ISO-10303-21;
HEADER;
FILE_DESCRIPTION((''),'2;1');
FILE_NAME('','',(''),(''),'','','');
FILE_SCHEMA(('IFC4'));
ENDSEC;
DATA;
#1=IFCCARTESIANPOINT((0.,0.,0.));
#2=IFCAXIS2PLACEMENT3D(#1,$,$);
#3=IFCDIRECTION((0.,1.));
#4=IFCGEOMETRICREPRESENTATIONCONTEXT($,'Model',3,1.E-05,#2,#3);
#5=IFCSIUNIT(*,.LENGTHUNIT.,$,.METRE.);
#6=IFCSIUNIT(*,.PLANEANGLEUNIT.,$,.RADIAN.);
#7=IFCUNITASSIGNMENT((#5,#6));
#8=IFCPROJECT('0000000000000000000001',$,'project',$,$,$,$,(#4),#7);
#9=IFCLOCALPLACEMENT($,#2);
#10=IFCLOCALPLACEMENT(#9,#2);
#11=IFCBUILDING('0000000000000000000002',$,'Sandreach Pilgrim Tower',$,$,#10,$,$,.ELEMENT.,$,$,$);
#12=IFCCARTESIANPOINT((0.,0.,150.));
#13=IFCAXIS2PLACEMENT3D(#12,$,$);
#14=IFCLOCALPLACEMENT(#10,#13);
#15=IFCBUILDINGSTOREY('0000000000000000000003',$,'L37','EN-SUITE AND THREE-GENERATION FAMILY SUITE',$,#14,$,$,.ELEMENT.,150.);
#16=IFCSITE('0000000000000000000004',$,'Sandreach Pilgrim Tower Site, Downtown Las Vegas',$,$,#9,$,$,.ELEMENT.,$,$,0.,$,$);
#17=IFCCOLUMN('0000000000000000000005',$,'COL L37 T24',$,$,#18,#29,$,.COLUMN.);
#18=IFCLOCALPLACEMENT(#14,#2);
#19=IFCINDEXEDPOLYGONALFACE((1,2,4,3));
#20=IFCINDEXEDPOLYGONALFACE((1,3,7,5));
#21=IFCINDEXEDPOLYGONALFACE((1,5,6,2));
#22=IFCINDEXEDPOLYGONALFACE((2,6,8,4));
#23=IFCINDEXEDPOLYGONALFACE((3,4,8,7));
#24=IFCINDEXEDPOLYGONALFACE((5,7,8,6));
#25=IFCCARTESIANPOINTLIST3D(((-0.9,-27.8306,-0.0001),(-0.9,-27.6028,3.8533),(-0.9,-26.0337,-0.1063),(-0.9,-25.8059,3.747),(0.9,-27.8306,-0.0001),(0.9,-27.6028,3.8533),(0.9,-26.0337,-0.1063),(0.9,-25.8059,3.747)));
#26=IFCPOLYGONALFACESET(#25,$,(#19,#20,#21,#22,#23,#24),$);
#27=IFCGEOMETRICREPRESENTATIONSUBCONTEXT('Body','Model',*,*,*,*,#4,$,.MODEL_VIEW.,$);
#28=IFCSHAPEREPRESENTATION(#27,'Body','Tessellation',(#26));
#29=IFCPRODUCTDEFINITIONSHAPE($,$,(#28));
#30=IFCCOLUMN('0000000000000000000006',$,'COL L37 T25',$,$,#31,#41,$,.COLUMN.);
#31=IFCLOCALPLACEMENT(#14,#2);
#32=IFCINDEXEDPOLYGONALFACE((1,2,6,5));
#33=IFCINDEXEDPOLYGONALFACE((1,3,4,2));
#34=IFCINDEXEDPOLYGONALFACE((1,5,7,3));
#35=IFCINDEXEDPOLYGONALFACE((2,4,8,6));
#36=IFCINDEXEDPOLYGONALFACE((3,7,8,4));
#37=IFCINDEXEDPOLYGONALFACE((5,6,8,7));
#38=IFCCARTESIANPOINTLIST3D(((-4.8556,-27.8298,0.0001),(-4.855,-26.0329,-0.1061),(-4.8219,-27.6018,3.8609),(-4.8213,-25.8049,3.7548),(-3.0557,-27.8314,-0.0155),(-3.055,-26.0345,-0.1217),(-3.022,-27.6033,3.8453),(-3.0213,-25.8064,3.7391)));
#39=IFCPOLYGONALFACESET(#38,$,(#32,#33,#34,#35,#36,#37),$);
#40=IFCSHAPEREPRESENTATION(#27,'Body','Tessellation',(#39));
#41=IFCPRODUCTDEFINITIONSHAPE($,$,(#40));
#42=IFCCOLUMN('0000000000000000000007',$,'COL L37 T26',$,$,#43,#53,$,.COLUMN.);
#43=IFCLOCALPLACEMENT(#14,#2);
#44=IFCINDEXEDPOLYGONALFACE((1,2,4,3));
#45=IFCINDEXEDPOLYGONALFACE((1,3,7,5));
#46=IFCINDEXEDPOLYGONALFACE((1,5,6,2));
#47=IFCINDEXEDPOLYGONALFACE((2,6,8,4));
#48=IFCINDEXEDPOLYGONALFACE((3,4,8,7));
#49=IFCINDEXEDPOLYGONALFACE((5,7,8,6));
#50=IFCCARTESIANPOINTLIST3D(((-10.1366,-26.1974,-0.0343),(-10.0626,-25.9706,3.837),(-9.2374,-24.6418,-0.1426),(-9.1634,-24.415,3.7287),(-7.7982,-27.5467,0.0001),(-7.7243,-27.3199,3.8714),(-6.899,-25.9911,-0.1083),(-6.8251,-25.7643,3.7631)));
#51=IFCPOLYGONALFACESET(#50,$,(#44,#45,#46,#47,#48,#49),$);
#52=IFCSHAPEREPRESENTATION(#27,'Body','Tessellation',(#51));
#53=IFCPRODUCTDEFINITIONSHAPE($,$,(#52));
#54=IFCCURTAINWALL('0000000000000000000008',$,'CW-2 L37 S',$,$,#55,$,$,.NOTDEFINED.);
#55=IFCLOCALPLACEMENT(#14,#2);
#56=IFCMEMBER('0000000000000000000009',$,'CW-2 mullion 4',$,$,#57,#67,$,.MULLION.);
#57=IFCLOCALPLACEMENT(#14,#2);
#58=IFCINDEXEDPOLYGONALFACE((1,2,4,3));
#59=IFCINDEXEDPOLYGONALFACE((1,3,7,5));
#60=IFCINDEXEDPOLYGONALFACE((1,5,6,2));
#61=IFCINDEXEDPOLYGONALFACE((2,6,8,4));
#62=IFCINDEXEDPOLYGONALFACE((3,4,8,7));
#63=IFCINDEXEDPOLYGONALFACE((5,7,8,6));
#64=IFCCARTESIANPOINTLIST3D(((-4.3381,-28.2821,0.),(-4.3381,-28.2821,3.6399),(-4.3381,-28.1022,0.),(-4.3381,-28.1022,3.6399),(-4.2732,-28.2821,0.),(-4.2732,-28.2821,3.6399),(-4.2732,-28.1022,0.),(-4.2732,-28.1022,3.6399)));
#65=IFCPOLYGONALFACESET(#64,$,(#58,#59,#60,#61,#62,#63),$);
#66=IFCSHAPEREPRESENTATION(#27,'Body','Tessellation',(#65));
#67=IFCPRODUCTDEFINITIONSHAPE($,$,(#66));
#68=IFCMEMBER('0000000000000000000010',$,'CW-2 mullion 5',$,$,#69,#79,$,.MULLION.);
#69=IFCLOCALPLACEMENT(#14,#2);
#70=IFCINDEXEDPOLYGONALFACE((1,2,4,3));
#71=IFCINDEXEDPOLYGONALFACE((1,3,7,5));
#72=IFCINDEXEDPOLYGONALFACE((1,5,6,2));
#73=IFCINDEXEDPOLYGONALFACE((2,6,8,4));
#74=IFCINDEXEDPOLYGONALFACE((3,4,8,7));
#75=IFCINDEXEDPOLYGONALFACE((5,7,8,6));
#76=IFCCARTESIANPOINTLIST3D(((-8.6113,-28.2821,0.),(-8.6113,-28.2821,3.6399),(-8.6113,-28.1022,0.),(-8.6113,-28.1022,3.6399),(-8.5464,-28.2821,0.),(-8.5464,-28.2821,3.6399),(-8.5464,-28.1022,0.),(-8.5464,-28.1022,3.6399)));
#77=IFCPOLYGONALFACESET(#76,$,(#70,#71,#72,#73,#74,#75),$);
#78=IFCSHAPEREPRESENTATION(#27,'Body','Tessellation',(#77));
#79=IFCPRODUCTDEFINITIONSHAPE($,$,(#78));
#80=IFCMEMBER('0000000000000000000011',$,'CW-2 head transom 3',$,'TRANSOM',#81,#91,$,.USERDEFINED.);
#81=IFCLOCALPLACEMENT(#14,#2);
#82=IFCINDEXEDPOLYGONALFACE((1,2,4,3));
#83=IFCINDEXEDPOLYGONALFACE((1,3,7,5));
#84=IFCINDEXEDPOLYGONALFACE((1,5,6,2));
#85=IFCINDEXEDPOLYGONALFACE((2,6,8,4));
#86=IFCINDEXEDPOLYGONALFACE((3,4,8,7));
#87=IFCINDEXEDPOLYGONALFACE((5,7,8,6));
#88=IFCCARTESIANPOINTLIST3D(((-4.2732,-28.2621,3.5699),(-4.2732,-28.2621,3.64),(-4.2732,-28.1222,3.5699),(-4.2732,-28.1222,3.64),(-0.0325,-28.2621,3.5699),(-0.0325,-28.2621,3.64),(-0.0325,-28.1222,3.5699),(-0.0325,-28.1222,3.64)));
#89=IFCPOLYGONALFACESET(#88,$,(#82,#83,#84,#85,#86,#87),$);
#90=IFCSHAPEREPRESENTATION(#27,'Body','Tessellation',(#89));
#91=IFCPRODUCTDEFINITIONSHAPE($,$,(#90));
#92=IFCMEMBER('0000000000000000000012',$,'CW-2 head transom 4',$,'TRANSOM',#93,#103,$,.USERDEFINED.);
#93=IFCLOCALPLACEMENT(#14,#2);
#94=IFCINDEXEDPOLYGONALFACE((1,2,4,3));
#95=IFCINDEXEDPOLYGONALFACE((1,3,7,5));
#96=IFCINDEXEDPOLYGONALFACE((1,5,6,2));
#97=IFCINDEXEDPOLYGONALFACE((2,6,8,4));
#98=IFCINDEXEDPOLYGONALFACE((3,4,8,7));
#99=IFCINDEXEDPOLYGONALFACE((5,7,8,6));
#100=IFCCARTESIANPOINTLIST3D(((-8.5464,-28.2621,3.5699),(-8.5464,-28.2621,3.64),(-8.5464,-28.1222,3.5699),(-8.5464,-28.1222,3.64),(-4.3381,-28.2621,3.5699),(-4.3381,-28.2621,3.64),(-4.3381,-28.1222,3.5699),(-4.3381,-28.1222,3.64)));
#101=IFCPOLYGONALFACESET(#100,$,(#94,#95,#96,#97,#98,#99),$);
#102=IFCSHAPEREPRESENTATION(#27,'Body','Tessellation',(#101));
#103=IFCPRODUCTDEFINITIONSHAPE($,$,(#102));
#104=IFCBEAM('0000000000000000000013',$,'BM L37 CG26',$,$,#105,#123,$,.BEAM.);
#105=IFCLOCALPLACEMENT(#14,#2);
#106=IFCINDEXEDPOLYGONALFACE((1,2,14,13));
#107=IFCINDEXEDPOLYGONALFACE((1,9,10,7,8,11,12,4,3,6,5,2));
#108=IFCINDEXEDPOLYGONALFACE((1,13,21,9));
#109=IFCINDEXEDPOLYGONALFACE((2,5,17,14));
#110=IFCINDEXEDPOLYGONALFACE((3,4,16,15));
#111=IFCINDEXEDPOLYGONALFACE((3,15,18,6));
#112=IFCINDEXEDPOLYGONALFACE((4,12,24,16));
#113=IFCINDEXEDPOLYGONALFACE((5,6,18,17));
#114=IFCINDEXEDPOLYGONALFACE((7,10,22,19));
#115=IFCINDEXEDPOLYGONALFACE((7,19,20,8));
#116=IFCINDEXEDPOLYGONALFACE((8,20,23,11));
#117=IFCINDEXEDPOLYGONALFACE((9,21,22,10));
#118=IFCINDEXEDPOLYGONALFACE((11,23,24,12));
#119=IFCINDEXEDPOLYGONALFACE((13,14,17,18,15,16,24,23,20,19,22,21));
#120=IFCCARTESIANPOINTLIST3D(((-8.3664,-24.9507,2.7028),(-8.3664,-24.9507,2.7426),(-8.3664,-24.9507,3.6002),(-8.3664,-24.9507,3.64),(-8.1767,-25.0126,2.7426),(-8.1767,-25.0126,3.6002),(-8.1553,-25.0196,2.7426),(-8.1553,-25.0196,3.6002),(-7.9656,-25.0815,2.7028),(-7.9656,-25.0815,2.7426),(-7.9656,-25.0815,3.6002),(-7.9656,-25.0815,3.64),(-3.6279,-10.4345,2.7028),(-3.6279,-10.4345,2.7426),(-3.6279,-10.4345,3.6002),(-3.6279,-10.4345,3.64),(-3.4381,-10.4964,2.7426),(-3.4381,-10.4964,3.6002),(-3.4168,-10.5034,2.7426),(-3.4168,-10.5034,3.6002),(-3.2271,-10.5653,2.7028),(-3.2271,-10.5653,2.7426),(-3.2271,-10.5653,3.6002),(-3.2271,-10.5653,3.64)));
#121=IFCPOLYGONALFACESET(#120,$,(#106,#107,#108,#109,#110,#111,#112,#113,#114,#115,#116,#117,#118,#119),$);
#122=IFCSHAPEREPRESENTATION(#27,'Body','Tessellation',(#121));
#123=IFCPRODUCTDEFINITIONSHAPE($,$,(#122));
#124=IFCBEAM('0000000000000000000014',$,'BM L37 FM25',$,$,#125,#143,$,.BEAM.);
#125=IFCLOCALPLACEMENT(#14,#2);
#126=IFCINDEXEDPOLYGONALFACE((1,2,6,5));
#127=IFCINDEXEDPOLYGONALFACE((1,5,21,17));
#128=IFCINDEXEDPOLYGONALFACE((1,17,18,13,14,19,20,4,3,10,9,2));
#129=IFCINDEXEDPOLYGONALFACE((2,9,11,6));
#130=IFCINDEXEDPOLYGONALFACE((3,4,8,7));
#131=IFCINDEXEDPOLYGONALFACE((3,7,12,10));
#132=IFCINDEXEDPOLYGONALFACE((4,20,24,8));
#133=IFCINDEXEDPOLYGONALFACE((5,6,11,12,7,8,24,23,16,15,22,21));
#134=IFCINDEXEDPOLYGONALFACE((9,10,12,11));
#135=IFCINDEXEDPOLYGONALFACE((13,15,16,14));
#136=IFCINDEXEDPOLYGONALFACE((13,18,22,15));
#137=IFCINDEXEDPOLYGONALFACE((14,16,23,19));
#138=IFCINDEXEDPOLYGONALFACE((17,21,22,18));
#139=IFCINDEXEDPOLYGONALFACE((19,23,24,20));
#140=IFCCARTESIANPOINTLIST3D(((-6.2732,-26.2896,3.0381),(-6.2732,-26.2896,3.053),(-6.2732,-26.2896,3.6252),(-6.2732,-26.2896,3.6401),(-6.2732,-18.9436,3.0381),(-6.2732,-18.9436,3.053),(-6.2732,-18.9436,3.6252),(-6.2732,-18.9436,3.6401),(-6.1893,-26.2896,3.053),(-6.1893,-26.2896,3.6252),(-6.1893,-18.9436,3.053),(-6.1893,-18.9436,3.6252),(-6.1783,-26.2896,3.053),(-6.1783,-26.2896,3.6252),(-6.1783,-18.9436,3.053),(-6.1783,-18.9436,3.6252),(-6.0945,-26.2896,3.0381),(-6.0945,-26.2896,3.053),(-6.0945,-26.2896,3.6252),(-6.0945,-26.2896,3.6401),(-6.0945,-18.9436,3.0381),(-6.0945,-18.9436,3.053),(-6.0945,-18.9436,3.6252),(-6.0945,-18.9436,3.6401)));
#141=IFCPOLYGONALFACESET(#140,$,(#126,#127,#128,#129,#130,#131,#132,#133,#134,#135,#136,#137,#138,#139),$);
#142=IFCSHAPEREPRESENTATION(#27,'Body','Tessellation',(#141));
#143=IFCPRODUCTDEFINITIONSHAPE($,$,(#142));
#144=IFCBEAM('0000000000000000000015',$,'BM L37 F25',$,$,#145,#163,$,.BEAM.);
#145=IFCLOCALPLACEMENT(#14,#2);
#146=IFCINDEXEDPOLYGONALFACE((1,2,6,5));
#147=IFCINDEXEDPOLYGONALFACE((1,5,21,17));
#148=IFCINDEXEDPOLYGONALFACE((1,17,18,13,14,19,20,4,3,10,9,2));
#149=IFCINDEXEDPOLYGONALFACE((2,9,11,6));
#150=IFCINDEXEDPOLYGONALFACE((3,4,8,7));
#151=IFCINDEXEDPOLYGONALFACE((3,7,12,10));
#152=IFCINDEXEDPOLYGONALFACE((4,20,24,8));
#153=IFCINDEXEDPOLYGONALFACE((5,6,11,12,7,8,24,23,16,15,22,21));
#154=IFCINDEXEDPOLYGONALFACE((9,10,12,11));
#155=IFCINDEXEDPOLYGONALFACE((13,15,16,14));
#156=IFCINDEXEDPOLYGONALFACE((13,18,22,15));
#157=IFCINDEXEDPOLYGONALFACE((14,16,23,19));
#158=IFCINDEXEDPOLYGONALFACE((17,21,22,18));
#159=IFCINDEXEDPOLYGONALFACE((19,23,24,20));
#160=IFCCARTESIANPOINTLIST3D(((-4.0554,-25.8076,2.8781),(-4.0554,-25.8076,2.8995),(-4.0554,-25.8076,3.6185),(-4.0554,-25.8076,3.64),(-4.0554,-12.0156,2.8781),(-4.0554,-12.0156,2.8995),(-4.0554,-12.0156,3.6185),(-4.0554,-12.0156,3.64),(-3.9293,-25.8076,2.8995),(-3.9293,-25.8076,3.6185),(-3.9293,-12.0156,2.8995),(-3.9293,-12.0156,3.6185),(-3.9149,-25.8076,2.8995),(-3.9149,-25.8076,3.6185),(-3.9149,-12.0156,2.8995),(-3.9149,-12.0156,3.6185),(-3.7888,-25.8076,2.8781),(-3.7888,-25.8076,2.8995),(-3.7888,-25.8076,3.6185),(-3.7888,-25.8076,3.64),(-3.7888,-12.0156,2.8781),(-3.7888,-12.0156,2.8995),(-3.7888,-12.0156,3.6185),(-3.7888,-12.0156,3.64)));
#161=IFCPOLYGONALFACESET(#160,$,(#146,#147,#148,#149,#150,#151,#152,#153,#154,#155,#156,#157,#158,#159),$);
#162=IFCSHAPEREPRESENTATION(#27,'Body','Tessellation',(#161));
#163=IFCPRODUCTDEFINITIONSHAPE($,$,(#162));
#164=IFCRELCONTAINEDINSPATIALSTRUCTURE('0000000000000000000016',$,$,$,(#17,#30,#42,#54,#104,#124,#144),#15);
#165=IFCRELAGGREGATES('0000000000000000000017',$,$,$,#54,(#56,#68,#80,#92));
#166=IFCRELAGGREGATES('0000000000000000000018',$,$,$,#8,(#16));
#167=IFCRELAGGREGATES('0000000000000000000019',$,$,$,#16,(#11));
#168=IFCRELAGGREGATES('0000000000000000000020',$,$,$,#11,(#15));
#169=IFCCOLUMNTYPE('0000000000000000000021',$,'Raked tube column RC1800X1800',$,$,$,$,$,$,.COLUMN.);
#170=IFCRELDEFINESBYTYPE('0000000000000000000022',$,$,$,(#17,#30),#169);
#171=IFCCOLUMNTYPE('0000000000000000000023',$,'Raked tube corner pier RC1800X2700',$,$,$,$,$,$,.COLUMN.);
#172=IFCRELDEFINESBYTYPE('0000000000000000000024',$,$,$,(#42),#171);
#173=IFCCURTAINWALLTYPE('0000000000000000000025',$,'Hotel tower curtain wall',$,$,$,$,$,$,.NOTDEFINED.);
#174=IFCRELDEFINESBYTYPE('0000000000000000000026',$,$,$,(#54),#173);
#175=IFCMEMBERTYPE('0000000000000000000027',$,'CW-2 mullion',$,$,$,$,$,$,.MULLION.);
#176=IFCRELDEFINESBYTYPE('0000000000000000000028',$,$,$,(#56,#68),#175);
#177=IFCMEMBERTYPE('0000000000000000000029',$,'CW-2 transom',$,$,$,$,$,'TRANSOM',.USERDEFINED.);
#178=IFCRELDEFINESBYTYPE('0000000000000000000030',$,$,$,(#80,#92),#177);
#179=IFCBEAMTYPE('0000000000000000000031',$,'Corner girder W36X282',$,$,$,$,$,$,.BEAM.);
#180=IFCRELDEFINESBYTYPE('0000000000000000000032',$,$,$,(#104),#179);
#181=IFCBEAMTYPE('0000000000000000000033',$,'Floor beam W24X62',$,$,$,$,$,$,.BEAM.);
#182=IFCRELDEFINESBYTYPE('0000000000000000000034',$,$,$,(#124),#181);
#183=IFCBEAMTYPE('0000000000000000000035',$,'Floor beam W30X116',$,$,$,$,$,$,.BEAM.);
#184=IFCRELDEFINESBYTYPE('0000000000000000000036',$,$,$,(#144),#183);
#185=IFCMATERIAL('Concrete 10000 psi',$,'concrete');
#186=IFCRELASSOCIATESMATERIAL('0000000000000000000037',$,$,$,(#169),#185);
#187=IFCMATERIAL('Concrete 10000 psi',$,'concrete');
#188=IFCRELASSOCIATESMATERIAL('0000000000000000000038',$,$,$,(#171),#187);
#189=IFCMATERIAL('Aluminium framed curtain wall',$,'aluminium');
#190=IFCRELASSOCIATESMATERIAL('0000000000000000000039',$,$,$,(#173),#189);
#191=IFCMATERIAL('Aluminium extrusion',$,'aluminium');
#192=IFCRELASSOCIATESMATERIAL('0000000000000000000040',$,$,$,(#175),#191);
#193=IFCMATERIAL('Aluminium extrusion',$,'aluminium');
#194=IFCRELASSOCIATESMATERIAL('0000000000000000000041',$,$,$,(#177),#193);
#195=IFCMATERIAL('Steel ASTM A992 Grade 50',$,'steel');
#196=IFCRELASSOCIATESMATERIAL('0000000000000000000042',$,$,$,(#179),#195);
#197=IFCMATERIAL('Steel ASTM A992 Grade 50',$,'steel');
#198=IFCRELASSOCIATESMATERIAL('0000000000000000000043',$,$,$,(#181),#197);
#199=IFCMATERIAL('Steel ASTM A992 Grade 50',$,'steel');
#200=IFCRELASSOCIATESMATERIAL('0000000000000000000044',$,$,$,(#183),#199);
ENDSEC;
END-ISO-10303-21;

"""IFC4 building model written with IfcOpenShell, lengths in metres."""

from ifc_helpers import new_model, si_unit, direction, frame, origin, origin_2d, place, context, subcontext, project, spatial, rectangle, i_section, extrude, material, material_profile, profile_set, type_object, element, aggregate, save


model = new_model("IFC4")

# Units and contexts
model_context = context("Model", 3, precision=1e-05, world=origin(), true_north=direction((0.0, 1.0)))
body_context = subcontext(model_context, "Body", "Model", "MODEL_VIEW")
ifc_project = project(units=[si_unit("LENGTHUNIT", "METRE"), si_unit("PLANEANGLEUNIT", "RADIAN")], contexts=[model_context])

# Site, building, storey
site_placement = place(None, origin())
site = spatial("IfcSite", under=ifc_project, at=site_placement, Name="Sandreach Pilgrim Tower Site, Downtown Las Vegas", CompositionType="ELEMENT", RefElevation=0.0)
building_placement = place(site_placement, origin())
building = spatial("IfcBuilding", under=site, at=building_placement, Name="Sandreach Pilgrim Tower", CompositionType="ELEMENT")
storey_placement = place(building_placement, frame((0.0, 0.0, 150.0)))
storey = spatial("IfcBuildingStorey", under=building, at=storey_placement, Name="L37", Description="EN-SUITE AND THREE-GENERATION FAMILY SUITE", CompositionType="ELEMENT", Elevation=150.0)

# Columns
ifc_material_1 = material(Name="Concrete 10000 psi", Category="concrete")
ifc_material_profile_1 = material_profile(ifc_material_1, rectangle(XDim=1.8, YDim=1.8, at=origin_2d()), Name="RC1800X1800")
ifc_profile_set_1 = profile_set([ifc_material_profile_1], Name="Concrete 10000 psi")
column_type_1 = type_object("IfcColumnType", Name="Raked tube column RC1800X1800", PredefinedType="COLUMN", material=ifc_profile_set_1)
column_1_placement = place(storey_placement, frame((0.0, -26.9321, -0.0532), z_axis=(0.0, 0.059011, 0.998257), x_axis=(0.0, -0.998257, 0.059011)))
element("IfcColumn", 1, at=column_1_placement, inside=storey, type_object=column_type_1, Name="COL L37 T24", PredefinedType="COLUMN", context=body_context, shape_type="SweptSolid", body=[
    extrude(rectangle(XDim=1.8, YDim=1.8, at=origin_2d()), origin(), (0.0, 0.0, 1.0), 3.8601),
])
column_2_placement = place(storey_placement, frame((-3.9553, -26.9321, -0.0608), z_axis=(0.008711, 0.058957, 0.998223), x_axis=(-0.000361, -0.99826, 0.058962)))
element("IfcColumn", 2, at=column_2_placement, inside=storey, type_object=column_type_1, Name="COL L37 T25", PredefinedType="COLUMN", context=body_context, shape_type="SweptSolid", body=[
    extrude(rectangle(XDim=1.8, YDim=1.8, at=origin_2d()), origin(), (0.0, 0.0, 1.0), 3.8677),
])
ifc_material_2 = material(Name="Concrete 10000 psi", Category="concrete")
ifc_material_profile_2 = material_profile(ifc_material_2, rectangle(XDim=1.8, YDim=2.7, at=origin_2d()), Name="RC1800X2700")
ifc_profile_set_2 = profile_set([ifc_material_profile_2], Name="Concrete 10000 psi")
column_type_2 = type_object("IfcColumnType", Name="Raked tube corner pier RC1800X2700", PredefinedType="COLUMN", material=ifc_profile_set_2)
column_3_placement = place(storey_placement, frame((-8.5178, -26.0942, -0.0713), z_axis=(0.019072, 0.058475, 0.998107), x_axis=(-0.499547, -0.864194, 0.060175)))
element("IfcColumn", 3, at=column_3_placement, inside=storey, type_object=column_type_2, Name="COL L37 T26", PredefinedType="COLUMN", context=body_context, shape_type="SweptSolid", body=[
    extrude(rectangle(XDim=1.8, YDim=2.7, at=origin_2d()), origin(), (0.0, 0.0, 1.0), 3.8787),
])

# Curtain wall, members
ifc_material_3 = material(Name="Aluminium framed curtain wall", Category="aluminium")
curtain_wall_type = type_object("IfcCurtainWallType", Name="Hotel tower curtain wall", PredefinedType="NOTDEFINED", material=ifc_material_3)
curtain_wall_placement = place(storey_placement, origin())
curtain_wall = element("IfcCurtainWall", 4, at=curtain_wall_placement, inside=storey, type_object=curtain_wall_type, Name="CW-2 L37 S", PredefinedType="NOTDEFINED")
ifc_material_4 = material(Name="Aluminium extrusion", Category="aluminium")
ifc_material_profile_3 = material_profile(ifc_material_4, rectangle(XDim=0.0649, YDim=0.1799, at=origin_2d()), Name="CW-2M 65X180")
ifc_profile_set_3 = profile_set([ifc_material_profile_3], Name="Aluminium extrusion")
member_type_1 = type_object("IfcMemberType", Name="CW-2 mullion", PredefinedType="MULLION", material=ifc_profile_set_3)
member_1_placement = place(storey_placement, frame((-4.3057, -28.1921, 0.0), z_axis=(0.0, 0.0, 1.0), x_axis=(-1.0, 0.0, 0.0)))
member_1 = element("IfcMember", 5, at=member_1_placement, type_object=member_type_1, Name="CW-2 mullion 4", PredefinedType="MULLION", context=body_context, shape_type="SweptSolid", body=[
    extrude(rectangle(XDim=0.0649, YDim=0.1799, at=origin_2d()), origin(), (0.0, 0.0, 1.0), 3.6399),
])
member_2_placement = place(storey_placement, frame((-8.5789, -28.1921, 0.0), z_axis=(0.0, 0.0, 1.0), x_axis=(-1.0, 0.0, 0.0)))
member_2 = element("IfcMember", 6, at=member_2_placement, type_object=member_type_1, Name="CW-2 mullion 5", PredefinedType="MULLION", context=body_context, shape_type="SweptSolid", body=[
    extrude(rectangle(XDim=0.0649, YDim=0.1799, at=origin_2d()), origin(), (0.0, 0.0, 1.0), 3.6399),
])
ifc_material_5 = material(Name="Aluminium extrusion", Category="aluminium")
ifc_material_profile_4 = material_profile(ifc_material_5, rectangle(XDim=0.1399, YDim=0.0701, at=origin_2d()), Name="CW-2T 140X70")
ifc_profile_set_4 = profile_set([ifc_material_profile_4], Name="Aluminium extrusion")
member_type_2 = type_object("IfcMemberType", Name="CW-2 transom", ElementType="TRANSOM", PredefinedType="USERDEFINED", material=ifc_profile_set_4)
member_3_placement = place(storey_placement, frame((-0.0325, -28.1921, 3.605), z_axis=(-1.0, 0.0, 0.0), x_axis=(0.0, -1.0, 0.0)))
member_3 = element("IfcMember", 7, at=member_3_placement, type_object=member_type_2, Name="CW-2 head transom 3", ObjectType="TRANSOM", PredefinedType="USERDEFINED", context=body_context, shape_type="SweptSolid", body=[
    extrude(rectangle(XDim=0.1399, YDim=0.0701, at=origin_2d()), origin(), (0.0, 0.0, 1.0), 4.2407),
])
member_4_placement = place(storey_placement, frame((-4.3381, -28.1921, 3.605), z_axis=(-1.0, 0.0, 0.0), x_axis=(0.0, -1.0, 0.0)))
member_4 = element("IfcMember", 8, at=member_4_placement, type_object=member_type_2, Name="CW-2 head transom 4", ObjectType="TRANSOM", PredefinedType="USERDEFINED", context=body_context, shape_type="SweptSolid", body=[
    extrude(rectangle(XDim=0.1399, YDim=0.0701, at=origin_2d()), origin(), (0.0, 0.0, 1.0), 4.2083),
])

# Beams
ifc_material_6 = material(Name="Steel ASTM A992 Grade 50", Category="steel")
ifc_material_profile_5 = material_profile(ifc_material_6, i_section(OverallWidth=0.4216, OverallDepth=0.9373, WebThickness=0.0225, FlangeThickness=0.0398, at=origin_2d()), Name="W36X282")
ifc_profile_set_5 = profile_set([ifc_material_profile_5], Name="Steel ASTM A992 Grade 50")
beam_type_1 = type_object("IfcBeamType", Name="Corner girder W36X282", PredefinedType="BEAM", material=ifc_profile_set_5)
beam_1_placement = place(storey_placement, frame((-8.166, -25.0161, 3.1714), z_axis=(0.310317, 0.950633, 0.0), x_axis=(-0.950633, 0.310317, 0.0)))
element("IfcBeam", 9, at=beam_1_placement, inside=storey, type_object=beam_type_1, Name="BM L37 CG26", PredefinedType="BEAM", context=body_context, shape_type="SweptSolid", body=[
    extrude(i_section(OverallWidth=0.4216, OverallDepth=0.9373, WebThickness=0.0225, FlangeThickness=0.0398, at=origin_2d()), origin(), (0.0, 0.0, 1.0), 15.27),
])
ifc_material_7 = material(Name="Steel ASTM A992 Grade 50", Category="steel")
ifc_material_profile_6 = material_profile(ifc_material_7, i_section(OverallWidth=0.1787, OverallDepth=0.6021, WebThickness=0.011, FlangeThickness=0.0149, at=origin_2d()), Name="W24X62")
ifc_profile_set_6 = profile_set([ifc_material_profile_6], Name="Steel ASTM A992 Grade 50")
beam_type_2 = type_object("IfcBeamType", Name="Floor beam W24X62", PredefinedType="BEAM", material=ifc_profile_set_6)
beam_2_placement = place(storey_placement, frame((-6.1838, -26.2896, 3.3391), z_axis=(0.0, 1.0, 0.0), x_axis=(-1.0, 0.0, 0.0)))
element("IfcBeam", 10, at=beam_2_placement, inside=storey, type_object=beam_type_2, Name="BM L37 FM25", PredefinedType="BEAM", context=body_context, shape_type="SweptSolid", body=[
    extrude(i_section(OverallWidth=0.1787, OverallDepth=0.6021, WebThickness=0.011, FlangeThickness=0.0149, at=origin_2d()), origin(), (0.0, 0.0, 1.0), 7.3459),
])
ifc_material_8 = material(Name="Steel ASTM A992 Grade 50", Category="steel")
ifc_material_profile_7 = material_profile(ifc_material_8, i_section(OverallWidth=0.2666, OverallDepth=0.762, WebThickness=0.0144, FlangeThickness=0.0215, at=origin_2d()), Name="W30X116")
ifc_profile_set_7 = profile_set([ifc_material_profile_7], Name="Steel ASTM A992 Grade 50")
beam_type_3 = type_object("IfcBeamType", Name="Floor beam W30X116", PredefinedType="BEAM", material=ifc_profile_set_7)
beam_3_placement = place(storey_placement, frame((-3.9221, -25.8076, 3.259), z_axis=(0.0, 1.0, 0.0), x_axis=(-1.0, 0.0, 0.0)))
element("IfcBeam", 11, at=beam_3_placement, inside=storey, type_object=beam_type_3, Name="BM L37 F25", PredefinedType="BEAM", context=body_context, shape_type="SweptSolid", body=[
    extrude(i_section(OverallWidth=0.2666, OverallDepth=0.762, WebThickness=0.0144, FlangeThickness=0.0215, at=origin_2d()), origin(), (0.0, 0.0, 1.0), 13.792),
])

aggregate(curtain_wall, [member_1, member_2, member_3, member_4])

save(model, "model.ifc")
